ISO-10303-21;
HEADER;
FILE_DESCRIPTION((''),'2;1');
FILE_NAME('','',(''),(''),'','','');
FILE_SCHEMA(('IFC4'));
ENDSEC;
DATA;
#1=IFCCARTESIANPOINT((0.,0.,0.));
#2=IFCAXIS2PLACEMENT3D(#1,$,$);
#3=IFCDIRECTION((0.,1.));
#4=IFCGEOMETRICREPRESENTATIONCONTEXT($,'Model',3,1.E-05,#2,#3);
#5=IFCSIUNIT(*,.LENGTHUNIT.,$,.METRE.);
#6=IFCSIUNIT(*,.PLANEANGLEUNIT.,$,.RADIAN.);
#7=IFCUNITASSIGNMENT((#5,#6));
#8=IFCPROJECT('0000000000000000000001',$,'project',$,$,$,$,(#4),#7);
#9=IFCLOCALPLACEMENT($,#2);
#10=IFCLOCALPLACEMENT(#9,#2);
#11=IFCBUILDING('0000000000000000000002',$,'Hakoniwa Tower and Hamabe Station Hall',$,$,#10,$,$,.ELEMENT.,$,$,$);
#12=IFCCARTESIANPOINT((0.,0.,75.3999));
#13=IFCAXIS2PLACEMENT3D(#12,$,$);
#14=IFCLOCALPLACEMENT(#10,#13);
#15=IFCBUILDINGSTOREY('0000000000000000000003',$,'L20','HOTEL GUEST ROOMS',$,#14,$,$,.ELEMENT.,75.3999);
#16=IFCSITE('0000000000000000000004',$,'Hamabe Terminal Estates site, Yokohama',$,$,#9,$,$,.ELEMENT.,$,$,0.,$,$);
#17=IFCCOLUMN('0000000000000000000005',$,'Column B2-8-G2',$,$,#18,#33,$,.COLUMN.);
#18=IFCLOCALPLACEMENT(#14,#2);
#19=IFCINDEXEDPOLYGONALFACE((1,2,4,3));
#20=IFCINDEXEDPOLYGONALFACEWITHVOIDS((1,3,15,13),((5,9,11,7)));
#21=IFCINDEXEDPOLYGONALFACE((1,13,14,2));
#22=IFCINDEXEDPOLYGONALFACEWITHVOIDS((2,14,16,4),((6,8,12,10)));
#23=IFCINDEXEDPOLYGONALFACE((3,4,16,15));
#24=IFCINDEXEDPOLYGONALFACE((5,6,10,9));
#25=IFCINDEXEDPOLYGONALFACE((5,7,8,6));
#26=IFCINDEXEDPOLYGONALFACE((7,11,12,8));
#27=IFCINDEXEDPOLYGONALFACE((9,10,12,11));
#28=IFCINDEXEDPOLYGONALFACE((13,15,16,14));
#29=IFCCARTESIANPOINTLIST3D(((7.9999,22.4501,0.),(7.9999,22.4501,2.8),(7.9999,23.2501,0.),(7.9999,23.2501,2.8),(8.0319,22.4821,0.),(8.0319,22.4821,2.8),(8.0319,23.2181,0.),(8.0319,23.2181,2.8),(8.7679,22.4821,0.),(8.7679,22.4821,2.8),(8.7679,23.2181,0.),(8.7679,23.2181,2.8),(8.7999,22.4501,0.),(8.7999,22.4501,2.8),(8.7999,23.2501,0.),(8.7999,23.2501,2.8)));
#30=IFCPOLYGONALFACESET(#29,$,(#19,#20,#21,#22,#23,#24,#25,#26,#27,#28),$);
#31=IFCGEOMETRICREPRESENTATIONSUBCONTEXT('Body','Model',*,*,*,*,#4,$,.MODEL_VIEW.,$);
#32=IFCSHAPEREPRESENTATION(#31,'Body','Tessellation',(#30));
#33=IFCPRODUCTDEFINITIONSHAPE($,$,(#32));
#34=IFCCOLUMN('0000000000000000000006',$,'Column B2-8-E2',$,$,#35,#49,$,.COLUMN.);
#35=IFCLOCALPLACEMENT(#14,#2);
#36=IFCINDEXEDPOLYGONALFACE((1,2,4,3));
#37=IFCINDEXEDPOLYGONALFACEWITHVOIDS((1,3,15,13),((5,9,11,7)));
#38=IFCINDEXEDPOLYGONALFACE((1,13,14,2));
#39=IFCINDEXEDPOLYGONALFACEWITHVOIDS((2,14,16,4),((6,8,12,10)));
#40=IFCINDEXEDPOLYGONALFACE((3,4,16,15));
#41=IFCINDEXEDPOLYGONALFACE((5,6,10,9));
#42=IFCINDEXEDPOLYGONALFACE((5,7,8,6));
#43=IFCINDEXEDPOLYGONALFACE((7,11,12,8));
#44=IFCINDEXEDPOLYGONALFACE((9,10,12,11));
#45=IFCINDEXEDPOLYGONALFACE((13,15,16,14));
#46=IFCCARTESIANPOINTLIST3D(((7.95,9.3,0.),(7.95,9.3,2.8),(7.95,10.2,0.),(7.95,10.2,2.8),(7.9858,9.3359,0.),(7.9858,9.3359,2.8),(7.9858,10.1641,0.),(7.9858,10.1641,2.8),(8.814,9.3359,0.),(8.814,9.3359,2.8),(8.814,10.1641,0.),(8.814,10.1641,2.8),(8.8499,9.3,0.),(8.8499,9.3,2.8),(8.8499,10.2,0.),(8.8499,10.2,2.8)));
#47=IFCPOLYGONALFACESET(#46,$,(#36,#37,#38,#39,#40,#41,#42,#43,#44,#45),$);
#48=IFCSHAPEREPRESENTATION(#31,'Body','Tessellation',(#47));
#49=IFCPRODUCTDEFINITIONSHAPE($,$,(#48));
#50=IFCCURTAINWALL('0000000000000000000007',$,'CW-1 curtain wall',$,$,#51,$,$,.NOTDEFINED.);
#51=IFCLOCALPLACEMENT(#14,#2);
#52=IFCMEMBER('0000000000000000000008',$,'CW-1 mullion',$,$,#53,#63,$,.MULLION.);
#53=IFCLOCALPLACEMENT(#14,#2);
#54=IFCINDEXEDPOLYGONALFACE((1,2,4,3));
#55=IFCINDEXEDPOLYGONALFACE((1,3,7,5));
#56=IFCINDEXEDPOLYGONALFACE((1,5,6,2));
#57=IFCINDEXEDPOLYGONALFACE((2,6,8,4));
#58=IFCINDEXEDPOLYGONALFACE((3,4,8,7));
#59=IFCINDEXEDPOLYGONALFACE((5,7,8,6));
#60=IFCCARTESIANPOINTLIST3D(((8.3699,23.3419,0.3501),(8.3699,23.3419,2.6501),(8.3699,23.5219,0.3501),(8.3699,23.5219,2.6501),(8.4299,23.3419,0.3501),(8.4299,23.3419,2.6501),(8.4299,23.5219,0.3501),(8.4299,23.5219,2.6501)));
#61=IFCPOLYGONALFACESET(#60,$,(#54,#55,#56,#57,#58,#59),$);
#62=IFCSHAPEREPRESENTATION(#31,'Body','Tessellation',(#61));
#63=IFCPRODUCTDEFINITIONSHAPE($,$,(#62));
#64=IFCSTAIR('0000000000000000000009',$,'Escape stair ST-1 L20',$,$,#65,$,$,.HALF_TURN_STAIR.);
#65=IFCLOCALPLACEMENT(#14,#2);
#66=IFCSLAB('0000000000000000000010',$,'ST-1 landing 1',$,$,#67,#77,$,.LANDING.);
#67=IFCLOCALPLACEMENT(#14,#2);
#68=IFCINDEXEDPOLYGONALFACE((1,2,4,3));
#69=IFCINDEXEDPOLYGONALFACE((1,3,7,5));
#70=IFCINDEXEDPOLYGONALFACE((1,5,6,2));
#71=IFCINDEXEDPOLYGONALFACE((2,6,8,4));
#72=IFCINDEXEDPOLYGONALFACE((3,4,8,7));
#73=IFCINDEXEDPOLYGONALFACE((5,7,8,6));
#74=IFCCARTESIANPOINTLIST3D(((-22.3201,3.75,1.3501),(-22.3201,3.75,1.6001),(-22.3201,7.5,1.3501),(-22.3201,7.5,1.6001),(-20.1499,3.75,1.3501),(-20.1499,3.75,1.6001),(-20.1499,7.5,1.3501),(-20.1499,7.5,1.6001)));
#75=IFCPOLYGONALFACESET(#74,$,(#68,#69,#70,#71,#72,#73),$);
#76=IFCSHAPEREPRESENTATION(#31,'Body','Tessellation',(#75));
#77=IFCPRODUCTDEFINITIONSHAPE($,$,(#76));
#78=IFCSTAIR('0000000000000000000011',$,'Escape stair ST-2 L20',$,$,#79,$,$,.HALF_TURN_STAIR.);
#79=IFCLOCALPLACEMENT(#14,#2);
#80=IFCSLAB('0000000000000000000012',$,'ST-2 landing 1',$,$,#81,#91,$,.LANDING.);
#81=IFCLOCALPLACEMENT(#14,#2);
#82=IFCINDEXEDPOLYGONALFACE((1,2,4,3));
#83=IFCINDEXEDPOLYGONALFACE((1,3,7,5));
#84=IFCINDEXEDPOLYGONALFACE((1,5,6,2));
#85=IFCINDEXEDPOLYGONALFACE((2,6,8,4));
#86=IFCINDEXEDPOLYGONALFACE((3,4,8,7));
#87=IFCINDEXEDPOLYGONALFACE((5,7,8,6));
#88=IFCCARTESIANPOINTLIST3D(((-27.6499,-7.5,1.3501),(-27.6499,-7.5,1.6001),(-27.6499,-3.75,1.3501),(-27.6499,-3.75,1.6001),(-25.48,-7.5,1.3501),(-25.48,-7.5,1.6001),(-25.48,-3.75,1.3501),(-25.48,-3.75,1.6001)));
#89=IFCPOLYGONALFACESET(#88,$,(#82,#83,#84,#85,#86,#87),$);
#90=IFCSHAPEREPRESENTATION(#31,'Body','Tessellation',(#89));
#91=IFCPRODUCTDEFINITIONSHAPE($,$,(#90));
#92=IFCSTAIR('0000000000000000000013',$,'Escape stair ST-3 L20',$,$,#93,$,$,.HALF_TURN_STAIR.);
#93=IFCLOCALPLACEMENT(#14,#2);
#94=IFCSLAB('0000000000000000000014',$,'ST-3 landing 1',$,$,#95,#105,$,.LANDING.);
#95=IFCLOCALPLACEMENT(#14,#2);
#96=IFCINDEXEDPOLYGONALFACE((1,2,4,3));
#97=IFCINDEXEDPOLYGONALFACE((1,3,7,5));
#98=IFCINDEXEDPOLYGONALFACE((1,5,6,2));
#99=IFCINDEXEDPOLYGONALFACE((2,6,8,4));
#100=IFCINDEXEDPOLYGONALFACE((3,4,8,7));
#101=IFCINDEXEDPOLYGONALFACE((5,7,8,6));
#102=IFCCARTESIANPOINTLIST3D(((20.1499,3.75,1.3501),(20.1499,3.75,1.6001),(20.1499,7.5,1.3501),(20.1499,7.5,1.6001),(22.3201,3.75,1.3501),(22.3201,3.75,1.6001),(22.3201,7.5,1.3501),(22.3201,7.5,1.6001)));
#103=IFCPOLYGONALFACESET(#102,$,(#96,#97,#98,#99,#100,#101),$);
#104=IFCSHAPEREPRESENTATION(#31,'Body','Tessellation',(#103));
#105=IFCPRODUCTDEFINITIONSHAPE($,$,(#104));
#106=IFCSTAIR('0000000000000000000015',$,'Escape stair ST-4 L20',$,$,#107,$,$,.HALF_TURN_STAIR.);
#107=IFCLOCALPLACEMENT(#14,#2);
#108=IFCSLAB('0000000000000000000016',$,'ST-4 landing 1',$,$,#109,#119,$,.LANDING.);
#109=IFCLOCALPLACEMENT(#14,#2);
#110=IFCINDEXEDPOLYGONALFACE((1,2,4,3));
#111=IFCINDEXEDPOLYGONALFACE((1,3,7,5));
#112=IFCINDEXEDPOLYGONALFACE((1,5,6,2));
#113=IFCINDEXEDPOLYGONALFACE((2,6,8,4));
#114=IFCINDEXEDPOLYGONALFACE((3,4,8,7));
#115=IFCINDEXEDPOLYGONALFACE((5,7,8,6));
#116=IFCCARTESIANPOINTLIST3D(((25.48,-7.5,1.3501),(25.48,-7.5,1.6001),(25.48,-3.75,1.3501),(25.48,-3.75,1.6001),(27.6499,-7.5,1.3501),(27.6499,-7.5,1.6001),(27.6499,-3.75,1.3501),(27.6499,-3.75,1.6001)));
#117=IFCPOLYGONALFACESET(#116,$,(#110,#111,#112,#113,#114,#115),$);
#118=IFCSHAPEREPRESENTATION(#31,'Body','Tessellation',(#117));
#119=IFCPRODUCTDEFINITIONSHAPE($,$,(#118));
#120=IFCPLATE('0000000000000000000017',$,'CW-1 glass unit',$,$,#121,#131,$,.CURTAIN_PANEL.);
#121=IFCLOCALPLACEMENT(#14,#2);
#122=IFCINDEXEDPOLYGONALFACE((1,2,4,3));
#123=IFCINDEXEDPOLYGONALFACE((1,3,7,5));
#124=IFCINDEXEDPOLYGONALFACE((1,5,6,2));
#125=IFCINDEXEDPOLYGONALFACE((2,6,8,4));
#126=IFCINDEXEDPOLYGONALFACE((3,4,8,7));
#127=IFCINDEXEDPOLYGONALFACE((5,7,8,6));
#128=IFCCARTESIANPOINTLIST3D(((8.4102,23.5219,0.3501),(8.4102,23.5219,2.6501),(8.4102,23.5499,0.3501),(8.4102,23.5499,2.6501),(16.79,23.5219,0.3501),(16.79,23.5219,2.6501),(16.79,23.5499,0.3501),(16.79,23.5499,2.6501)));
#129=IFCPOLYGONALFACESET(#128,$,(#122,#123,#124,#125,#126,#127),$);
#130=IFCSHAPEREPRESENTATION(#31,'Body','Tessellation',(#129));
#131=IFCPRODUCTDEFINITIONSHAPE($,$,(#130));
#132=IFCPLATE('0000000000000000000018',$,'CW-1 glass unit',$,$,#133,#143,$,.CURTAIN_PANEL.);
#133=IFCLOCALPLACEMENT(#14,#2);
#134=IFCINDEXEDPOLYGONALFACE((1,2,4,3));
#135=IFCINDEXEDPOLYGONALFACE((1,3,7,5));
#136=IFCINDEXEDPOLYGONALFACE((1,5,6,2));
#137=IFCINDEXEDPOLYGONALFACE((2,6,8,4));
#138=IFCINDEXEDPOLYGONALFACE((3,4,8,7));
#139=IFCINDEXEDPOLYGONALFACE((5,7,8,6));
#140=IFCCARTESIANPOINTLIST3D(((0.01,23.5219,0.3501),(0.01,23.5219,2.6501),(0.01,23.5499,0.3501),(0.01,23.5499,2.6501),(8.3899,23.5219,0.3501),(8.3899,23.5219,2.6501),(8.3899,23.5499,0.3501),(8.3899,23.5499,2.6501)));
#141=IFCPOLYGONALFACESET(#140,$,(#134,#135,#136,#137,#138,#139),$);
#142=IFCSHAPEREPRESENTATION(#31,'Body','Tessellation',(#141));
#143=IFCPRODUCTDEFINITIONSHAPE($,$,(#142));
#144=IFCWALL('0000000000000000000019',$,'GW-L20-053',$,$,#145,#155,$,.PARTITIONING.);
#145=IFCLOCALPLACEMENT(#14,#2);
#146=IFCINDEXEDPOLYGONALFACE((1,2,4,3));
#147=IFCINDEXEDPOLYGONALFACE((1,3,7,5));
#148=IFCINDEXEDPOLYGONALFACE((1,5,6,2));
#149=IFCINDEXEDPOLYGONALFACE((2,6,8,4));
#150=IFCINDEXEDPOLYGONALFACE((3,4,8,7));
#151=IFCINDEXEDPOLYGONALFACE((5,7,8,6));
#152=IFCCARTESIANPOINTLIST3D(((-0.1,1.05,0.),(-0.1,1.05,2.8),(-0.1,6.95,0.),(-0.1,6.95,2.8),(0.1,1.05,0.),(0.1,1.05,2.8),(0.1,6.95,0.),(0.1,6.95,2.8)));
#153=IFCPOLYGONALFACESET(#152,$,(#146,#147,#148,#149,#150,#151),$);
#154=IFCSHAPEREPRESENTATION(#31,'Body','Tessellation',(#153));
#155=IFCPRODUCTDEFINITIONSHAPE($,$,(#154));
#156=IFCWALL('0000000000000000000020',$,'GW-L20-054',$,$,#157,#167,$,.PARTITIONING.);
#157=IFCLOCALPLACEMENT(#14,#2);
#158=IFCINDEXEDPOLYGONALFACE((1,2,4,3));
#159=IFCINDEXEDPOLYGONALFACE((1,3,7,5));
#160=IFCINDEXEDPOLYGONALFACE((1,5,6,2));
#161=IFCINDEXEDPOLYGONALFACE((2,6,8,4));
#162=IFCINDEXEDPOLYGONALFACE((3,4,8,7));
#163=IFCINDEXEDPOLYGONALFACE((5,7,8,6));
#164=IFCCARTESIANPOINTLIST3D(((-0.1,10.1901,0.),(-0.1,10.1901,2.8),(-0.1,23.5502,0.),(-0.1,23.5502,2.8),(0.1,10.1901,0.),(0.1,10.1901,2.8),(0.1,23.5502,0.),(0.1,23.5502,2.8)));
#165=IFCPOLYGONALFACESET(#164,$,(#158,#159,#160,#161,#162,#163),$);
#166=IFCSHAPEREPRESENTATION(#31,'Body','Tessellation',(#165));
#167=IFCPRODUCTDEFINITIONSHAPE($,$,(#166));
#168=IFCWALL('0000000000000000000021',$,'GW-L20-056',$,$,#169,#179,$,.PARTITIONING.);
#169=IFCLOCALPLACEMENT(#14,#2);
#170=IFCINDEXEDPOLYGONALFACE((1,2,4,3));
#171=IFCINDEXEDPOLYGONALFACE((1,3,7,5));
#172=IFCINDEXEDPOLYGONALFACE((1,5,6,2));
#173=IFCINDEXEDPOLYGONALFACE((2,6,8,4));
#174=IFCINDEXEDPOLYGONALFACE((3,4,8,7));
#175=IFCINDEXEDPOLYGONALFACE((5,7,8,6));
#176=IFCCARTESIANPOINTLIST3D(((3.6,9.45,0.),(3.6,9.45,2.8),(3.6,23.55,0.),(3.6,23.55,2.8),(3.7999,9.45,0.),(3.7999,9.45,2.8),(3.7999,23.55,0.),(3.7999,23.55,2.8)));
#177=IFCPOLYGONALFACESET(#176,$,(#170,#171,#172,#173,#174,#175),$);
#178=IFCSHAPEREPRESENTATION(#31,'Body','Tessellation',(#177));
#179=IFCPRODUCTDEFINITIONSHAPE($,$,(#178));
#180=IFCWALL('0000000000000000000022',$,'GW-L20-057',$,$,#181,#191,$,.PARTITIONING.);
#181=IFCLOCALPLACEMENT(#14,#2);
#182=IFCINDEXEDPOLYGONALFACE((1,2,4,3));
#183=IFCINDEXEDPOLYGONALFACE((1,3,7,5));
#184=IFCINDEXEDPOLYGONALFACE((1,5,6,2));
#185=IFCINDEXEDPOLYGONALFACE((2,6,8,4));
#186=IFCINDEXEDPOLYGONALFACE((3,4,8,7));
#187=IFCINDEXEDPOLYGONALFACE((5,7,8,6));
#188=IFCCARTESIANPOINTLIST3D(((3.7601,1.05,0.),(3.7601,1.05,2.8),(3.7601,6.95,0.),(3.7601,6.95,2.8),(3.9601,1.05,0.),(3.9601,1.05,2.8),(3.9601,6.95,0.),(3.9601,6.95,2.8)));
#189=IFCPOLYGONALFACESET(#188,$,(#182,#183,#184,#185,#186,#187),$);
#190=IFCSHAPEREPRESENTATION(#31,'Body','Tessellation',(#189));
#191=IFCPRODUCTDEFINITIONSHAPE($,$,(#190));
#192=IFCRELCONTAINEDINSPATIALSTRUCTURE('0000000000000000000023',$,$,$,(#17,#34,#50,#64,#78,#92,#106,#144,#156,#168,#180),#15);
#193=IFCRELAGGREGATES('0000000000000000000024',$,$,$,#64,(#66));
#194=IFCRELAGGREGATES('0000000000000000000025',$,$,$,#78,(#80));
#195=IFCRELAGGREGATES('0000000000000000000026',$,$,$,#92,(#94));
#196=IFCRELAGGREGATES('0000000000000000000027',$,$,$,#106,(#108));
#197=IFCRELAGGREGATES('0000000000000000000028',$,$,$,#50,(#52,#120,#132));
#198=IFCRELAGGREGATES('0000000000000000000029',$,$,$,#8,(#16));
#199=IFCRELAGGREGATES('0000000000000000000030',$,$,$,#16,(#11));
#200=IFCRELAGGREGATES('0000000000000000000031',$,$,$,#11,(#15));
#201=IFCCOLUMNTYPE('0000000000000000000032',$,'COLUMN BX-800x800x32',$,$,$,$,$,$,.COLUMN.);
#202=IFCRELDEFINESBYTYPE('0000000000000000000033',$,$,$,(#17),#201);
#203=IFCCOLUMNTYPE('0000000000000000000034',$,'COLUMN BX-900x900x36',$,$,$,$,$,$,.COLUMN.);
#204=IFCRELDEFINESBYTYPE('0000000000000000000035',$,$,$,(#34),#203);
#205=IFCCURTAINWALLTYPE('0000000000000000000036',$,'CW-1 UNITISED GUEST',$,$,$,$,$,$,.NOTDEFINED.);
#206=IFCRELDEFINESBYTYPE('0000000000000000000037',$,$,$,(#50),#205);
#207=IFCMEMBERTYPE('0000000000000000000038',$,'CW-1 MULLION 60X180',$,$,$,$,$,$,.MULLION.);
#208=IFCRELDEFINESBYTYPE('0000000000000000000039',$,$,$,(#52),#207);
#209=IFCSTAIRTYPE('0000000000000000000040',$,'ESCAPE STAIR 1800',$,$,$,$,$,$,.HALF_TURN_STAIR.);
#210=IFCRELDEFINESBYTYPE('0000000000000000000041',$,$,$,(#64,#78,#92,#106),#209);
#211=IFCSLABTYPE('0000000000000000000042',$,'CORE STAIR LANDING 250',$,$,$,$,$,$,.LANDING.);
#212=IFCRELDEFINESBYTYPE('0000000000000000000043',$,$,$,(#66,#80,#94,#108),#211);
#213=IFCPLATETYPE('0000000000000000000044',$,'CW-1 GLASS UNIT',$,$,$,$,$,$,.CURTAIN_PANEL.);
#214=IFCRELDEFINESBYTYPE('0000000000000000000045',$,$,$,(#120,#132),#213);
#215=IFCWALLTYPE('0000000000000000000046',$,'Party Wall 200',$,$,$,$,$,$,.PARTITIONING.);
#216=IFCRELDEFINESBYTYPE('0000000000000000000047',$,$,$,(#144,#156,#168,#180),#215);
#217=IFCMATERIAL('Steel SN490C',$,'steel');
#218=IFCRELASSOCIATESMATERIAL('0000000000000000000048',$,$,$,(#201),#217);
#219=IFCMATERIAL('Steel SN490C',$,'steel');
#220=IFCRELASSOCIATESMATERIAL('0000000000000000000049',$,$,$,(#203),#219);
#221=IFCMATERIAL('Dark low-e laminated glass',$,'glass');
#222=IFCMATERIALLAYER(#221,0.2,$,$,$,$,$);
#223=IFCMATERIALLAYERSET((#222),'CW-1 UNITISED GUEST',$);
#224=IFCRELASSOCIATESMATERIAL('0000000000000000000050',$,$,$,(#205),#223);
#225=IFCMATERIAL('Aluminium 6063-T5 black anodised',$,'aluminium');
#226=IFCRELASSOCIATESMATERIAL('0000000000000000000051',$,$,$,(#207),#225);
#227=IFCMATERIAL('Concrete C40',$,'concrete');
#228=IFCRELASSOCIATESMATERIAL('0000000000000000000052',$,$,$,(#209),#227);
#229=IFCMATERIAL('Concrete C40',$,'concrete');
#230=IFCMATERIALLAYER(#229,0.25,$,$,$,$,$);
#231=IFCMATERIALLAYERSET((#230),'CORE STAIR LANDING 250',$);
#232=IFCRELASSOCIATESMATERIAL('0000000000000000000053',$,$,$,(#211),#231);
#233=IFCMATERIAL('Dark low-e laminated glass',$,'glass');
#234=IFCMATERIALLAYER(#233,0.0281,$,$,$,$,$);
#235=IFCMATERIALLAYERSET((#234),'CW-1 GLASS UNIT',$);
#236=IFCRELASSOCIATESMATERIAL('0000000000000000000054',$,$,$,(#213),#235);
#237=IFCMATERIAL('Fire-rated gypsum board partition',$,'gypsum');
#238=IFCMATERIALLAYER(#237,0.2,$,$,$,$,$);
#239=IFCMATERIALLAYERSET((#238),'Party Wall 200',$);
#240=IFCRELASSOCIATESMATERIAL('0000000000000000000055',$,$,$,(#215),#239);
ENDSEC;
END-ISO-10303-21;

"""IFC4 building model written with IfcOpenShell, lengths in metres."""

from ifc_helpers import new_model, si_unit, direction, frame, frame_2d, origin, origin_2d, place, context, subcontext, project, spatial, polyline, rectangle, hollow_rectangle, outline, extrude, material, layer, layer_set, material_profile, profile_set, type_object, element, aggregate, save


model = new_model("IFC4")

# Units and contexts
model_context = context("Model", 3, precision=1e-05, world=origin(), true_north=direction((0.0, 1.0)))
body_context = subcontext(model_context, "Body", "Model", "MODEL_VIEW")
ifc_project = project(units=[si_unit("LENGTHUNIT", "METRE"), si_unit("PLANEANGLEUNIT", "RADIAN")], contexts=[model_context])

# Site, building, storey
site_placement = place(None, origin())
site = spatial("IfcSite", under=ifc_project, at=site_placement, Name="Hamabe Terminal Estates site, Yokohama", CompositionType="ELEMENT", RefElevation=0.0)
building_placement = place(site_placement, origin())
building = spatial("IfcBuilding", under=site, at=building_placement, Name="Hakoniwa Tower and Hamabe Station Hall", CompositionType="ELEMENT")
storey_placement = place(building_placement, frame((0.0, 0.0, 75.3999)))
storey = spatial("IfcBuildingStorey", under=building, at=storey_placement, Name="L20", Description="HOTEL GUEST ROOMS", CompositionType="ELEMENT", Elevation=75.3999)

# Columns
ifc_material_1 = material(Name="Steel SN490C", Category="steel")
ifc_material_profile_1 = material_profile(ifc_material_1, hollow_rectangle(XDim=0.8, YDim=0.8, WallThickness=0.032, at=origin_2d()), Name="BX-800x800x32")
ifc_profile_set_1 = profile_set([ifc_material_profile_1], Name="Steel SN490C")
column_type_1 = type_object("IfcColumnType", Name="COLUMN BX-800x800x32", PredefinedType="COLUMN", material=ifc_profile_set_1)
column_1_placement = place(storey_placement, frame((8.3999, 22.8501, 0.0), z_axis=(0.0, 0.0, 1.0), x_axis=(1.0, 0.0, 0.0)))
element("IfcColumn", 1, at=column_1_placement, inside=storey, type_object=column_type_1, Name="Column B2-8-G2", PredefinedType="COLUMN", context=body_context, shape_type="SweptSolid", body=[
    extrude(hollow_rectangle(XDim=0.8, YDim=0.8, WallThickness=0.032, at=origin_2d()), origin(), (0.0, 0.0, 1.0), 2.8),
])
ifc_material_2 = material(Name="Steel SN490C", Category="steel")
ifc_material_profile_2 = material_profile(ifc_material_2, hollow_rectangle(XDim=0.8999, YDim=0.8999, WallThickness=0.0359, at=origin_2d()), Name="BX-900x900x36")
ifc_profile_set_2 = profile_set([ifc_material_profile_2], Name="Steel SN490C")
column_type_2 = type_object("IfcColumnType", Name="COLUMN BX-900x900x36", PredefinedType="COLUMN", material=ifc_profile_set_2)
column_2_placement = place(storey_placement, frame((8.3999, 9.75, 0.0), z_axis=(0.0, 0.0, 1.0), x_axis=(1.0, 0.0, 0.0)))
element("IfcColumn", 2, at=column_2_placement, inside=storey, type_object=column_type_2, Name="Column B2-8-E2", PredefinedType="COLUMN", context=body_context, shape_type="SweptSolid", body=[
    extrude(hollow_rectangle(XDim=0.8999, YDim=0.8999, WallThickness=0.0359, at=origin_2d()), origin(), (0.0, 0.0, 1.0), 2.8),
])

# Curtain wall, member
ifc_material_3 = material(Name="Dark low-e laminated glass", Category="glass")
ifc_layer_1 = layer(ifc_material_3, 0.2)
ifc_layer_set_1 = layer_set([ifc_layer_1], Name="CW-1 UNITISED GUEST")
curtain_wall_type = type_object("IfcCurtainWallType", Name="CW-1 UNITISED GUEST", PredefinedType="NOTDEFINED", material=ifc_layer_set_1)
curtain_wall_placement = place(storey_placement, origin())
curtain_wall = element("IfcCurtainWall", 3, at=curtain_wall_placement, inside=storey, type_object=curtain_wall_type, Name="CW-1 curtain wall", PredefinedType="NOTDEFINED")
ifc_material_4 = material(Name="Aluminium 6063-T5 black anodised", Category="aluminium")
ifc_material_profile_3 = material_profile(ifc_material_4, rectangle(XDim=0.0601, YDim=0.1799, at=origin_2d()), Name="CW-1 MULLION 60X180")
ifc_profile_set_3 = profile_set([ifc_material_profile_3], Name="Aluminium 6063-T5 black anodised")
member_type = type_object("IfcMemberType", Name="CW-1 MULLION 60X180", PredefinedType="MULLION", material=ifc_profile_set_3)
member_placement = place(storey_placement, frame((8.3999, 23.4319, 0.3501), z_axis=(0.0, 0.0, 1.0), x_axis=(-1.0, 0.0, 0.0)))
member = element("IfcMember", 4, at=member_placement, type_object=member_type, Name="CW-1 mullion", PredefinedType="MULLION", context=body_context, shape_type="SweptSolid", body=[
    extrude(rectangle(XDim=0.0601, YDim=0.1799, at=origin_2d()), origin(), (0.0, 0.0, 1.0), 2.3),
])

# Stairs, slabs
ifc_material_5 = material(Name="Concrete C40", Category="concrete")
stair_type = type_object("IfcStairType", Name="ESCAPE STAIR 1800", PredefinedType="HALF_TURN_STAIR", material=ifc_material_5)
stair_1_placement = place(storey_placement, origin())
stair_1 = element("IfcStair", 5, at=stair_1_placement, inside=storey, type_object=stair_type, Name="Escape stair ST-1 L20", PredefinedType="HALF_TURN_STAIR")
ifc_material_6 = material(Name="Concrete C40", Category="concrete")
ifc_layer_2 = layer(ifc_material_6, 0.25)
ifc_layer_set_2 = layer_set([ifc_layer_2], Name="CORE STAIR LANDING 250")
slab_type = type_object("IfcSlabType", Name="CORE STAIR LANDING 250", PredefinedType="LANDING", material=ifc_layer_set_2)
slab_1_placement = place(storey_placement, frame((0.0, 0.0, 1.3501)))
slab_1 = element("IfcSlab", 6, at=slab_1_placement, type_object=slab_type, Name="ST-1 landing 1", PredefinedType="LANDING", context=body_context, shape_type="SweptSolid", body=[
    extrude(outline(polyline([(-22.3201, 3.75), (-20.1499, 3.75), (-20.1499, 7.5), (-22.3201, 7.5), (-22.3201, 3.75)])), origin(), (0.0, 0.0, 1.0), 0.25),
])
aggregate(stair_1, [slab_1])
stair_2_placement = place(storey_placement, origin())
stair_2 = element("IfcStair", 7, at=stair_2_placement, inside=storey, type_object=stair_type, Name="Escape stair ST-2 L20", PredefinedType="HALF_TURN_STAIR")
slab_2_placement = place(storey_placement, frame((0.0, 0.0, 1.3501)))
slab_2 = element("IfcSlab", 8, at=slab_2_placement, type_object=slab_type, Name="ST-2 landing 1", PredefinedType="LANDING", context=body_context, shape_type="SweptSolid", body=[
    extrude(outline(polyline([(-25.48, -7.5), (-27.6499, -7.5), (-27.6499, -3.75), (-25.48, -3.75), (-25.48, -7.5)])), origin(), (0.0, 0.0, 1.0), 0.25),
])
aggregate(stair_2, [slab_2])
stair_3_placement = place(storey_placement, origin())
stair_3 = element("IfcStair", 9, at=stair_3_placement, inside=storey, type_object=stair_type, Name="Escape stair ST-3 L20", PredefinedType="HALF_TURN_STAIR")
slab_3_placement = place(storey_placement, frame((0.0, 0.0, 1.3501)))
slab_3 = element("IfcSlab", 10, at=slab_3_placement, type_object=slab_type, Name="ST-3 landing 1", PredefinedType="LANDING", context=body_context, shape_type="SweptSolid", body=[
    extrude(outline(polyline([(22.3201, 3.75), (20.1499, 3.75), (20.1499, 7.5), (22.3201, 7.5), (22.3201, 3.75)])), origin(), (0.0, 0.0, 1.0), 0.25),
])
aggregate(stair_3, [slab_3])
stair_4_placement = place(storey_placement, origin())
stair_4 = element("IfcStair", 11, at=stair_4_placement, inside=storey, type_object=stair_type, Name="Escape stair ST-4 L20", PredefinedType="HALF_TURN_STAIR")
slab_4_placement = place(storey_placement, frame((0.0, 0.0, 1.3501)))
slab_4 = element("IfcSlab", 12, at=slab_4_placement, type_object=slab_type, Name="ST-4 landing 1", PredefinedType="LANDING", context=body_context, shape_type="SweptSolid", body=[
    extrude(outline(polyline([(25.48, -7.5), (27.6499, -7.5), (27.6499, -3.75), (25.48, -3.75), (25.48, -7.5)])), origin(), (0.0, 0.0, 1.0), 0.25),
])
aggregate(stair_4, [slab_4])

# Plates
ifc_material_7 = material(Name="Dark low-e laminated glass", Category="glass")
ifc_layer_3 = layer(ifc_material_7, 0.0281)
ifc_layer_set_3 = layer_set([ifc_layer_3], Name="CW-1 GLASS UNIT")
plate_type = type_object("IfcPlateType", Name="CW-1 GLASS UNIT", PredefinedType="CURTAIN_PANEL", material=ifc_layer_set_3)
plate_1_placement = place(storey_placement, frame((12.6001, 23.5359, 0.3501), z_axis=(0.0, 0.0, 1.0), x_axis=(-1.0, 0.0, 0.0)))
plate_1 = element("IfcPlate", 13, at=plate_1_placement, type_object=plate_type, Name="CW-1 glass unit", PredefinedType="CURTAIN_PANEL", context=body_context, shape_type="SweptSolid", body=[
    extrude(rectangle(XDim=8.3799, YDim=0.0281, at=origin_2d()), origin(), (0.0, 0.0, 1.0), 2.3),
])
plate_2_placement = place(storey_placement, frame((4.2, 23.5359, 0.3501), z_axis=(0.0, 0.0, 1.0), x_axis=(-1.0, 0.0, 0.0)))
plate_2 = element("IfcPlate", 14, at=plate_2_placement, type_object=plate_type, Name="CW-1 glass unit", PredefinedType="CURTAIN_PANEL", context=body_context, shape_type="SweptSolid", body=[
    extrude(rectangle(XDim=8.3799, YDim=0.0281, at=origin_2d()), origin(), (0.0, 0.0, 1.0), 2.3),
])
aggregate(curtain_wall, [member, plate_1, plate_2])

# Walls
ifc_material_8 = material(Name="Fire-rated gypsum board partition", Category="gypsum")
ifc_layer_4 = layer(ifc_material_8, 0.2)
ifc_layer_set_4 = layer_set([ifc_layer_4], Name="Party Wall 200")
wall_type = type_object("IfcWallType", Name="Party Wall 200", PredefinedType="PARTITIONING", material=ifc_layer_set_4)
wall_1_placement = place(storey_placement, frame((0.0, 1.05, 0.0), z_axis=(0.0, 0.0, 1.0), x_axis=(0.0, 1.0, 0.0)))
element("IfcWall", 15, at=wall_1_placement, inside=storey, type_object=wall_type, Name="GW-L20-053", PredefinedType="PARTITIONING", context=body_context, shape_type="SweptSolid", body=[
    extrude(rectangle(XDim=5.8999, YDim=0.2, at=frame_2d((2.95, 0.0))), origin(), (0.0, 0.0, 1.0), 2.8),
])
wall_2_placement = place(storey_placement, frame((0.0, 10.1899, 0.0), z_axis=(0.0, 0.0, 1.0), x_axis=(0.0, 1.0, 0.0)))
element("IfcWall", 16, at=wall_2_placement, inside=storey, type_object=wall_type, Name="GW-L20-054", PredefinedType="PARTITIONING", context=body_context, shape_type="SweptSolid", body=[
    extrude(rectangle(XDim=13.3601, YDim=0.2, at=frame_2d((6.6802, 0.0))), origin(), (0.0, 0.0, 1.0), 2.8),
])
wall_3_placement = place(storey_placement, frame((3.7, 9.45, 0.0), z_axis=(0.0, 0.0, 1.0), x_axis=(0.0, 1.0, 0.0)))
element("IfcWall", 17, at=wall_3_placement, inside=storey, type_object=wall_type, Name="GW-L20-056", PredefinedType="PARTITIONING", context=body_context, shape_type="SweptSolid", body=[
    extrude(rectangle(XDim=14.1001, YDim=0.2, at=frame_2d((7.05, 0.0))), origin(), (0.0, 0.0, 1.0), 2.8),
])
for number, where, z_axis, x_axis, name in (
    (18, (3.8601, 1.05, 0.0), (0.0, 0.0, 1.0), (0.0, 1.0, 0.0), "GW-L20-057"),
):
    element("IfcWall", number, at=place(storey_placement, frame(where, z_axis=z_axis, x_axis=x_axis)), inside=storey, type_object=wall_type, Name=name, PredefinedType="PARTITIONING", context=body_context, shape_type="SweptSolid", body=[
        extrude(rectangle(XDim=5.8999, YDim=0.2, at=frame_2d((2.95, 0.0))), origin(), (0.0, 0.0, 1.0), 2.8),
    ])

save(model, "model.ifc")
